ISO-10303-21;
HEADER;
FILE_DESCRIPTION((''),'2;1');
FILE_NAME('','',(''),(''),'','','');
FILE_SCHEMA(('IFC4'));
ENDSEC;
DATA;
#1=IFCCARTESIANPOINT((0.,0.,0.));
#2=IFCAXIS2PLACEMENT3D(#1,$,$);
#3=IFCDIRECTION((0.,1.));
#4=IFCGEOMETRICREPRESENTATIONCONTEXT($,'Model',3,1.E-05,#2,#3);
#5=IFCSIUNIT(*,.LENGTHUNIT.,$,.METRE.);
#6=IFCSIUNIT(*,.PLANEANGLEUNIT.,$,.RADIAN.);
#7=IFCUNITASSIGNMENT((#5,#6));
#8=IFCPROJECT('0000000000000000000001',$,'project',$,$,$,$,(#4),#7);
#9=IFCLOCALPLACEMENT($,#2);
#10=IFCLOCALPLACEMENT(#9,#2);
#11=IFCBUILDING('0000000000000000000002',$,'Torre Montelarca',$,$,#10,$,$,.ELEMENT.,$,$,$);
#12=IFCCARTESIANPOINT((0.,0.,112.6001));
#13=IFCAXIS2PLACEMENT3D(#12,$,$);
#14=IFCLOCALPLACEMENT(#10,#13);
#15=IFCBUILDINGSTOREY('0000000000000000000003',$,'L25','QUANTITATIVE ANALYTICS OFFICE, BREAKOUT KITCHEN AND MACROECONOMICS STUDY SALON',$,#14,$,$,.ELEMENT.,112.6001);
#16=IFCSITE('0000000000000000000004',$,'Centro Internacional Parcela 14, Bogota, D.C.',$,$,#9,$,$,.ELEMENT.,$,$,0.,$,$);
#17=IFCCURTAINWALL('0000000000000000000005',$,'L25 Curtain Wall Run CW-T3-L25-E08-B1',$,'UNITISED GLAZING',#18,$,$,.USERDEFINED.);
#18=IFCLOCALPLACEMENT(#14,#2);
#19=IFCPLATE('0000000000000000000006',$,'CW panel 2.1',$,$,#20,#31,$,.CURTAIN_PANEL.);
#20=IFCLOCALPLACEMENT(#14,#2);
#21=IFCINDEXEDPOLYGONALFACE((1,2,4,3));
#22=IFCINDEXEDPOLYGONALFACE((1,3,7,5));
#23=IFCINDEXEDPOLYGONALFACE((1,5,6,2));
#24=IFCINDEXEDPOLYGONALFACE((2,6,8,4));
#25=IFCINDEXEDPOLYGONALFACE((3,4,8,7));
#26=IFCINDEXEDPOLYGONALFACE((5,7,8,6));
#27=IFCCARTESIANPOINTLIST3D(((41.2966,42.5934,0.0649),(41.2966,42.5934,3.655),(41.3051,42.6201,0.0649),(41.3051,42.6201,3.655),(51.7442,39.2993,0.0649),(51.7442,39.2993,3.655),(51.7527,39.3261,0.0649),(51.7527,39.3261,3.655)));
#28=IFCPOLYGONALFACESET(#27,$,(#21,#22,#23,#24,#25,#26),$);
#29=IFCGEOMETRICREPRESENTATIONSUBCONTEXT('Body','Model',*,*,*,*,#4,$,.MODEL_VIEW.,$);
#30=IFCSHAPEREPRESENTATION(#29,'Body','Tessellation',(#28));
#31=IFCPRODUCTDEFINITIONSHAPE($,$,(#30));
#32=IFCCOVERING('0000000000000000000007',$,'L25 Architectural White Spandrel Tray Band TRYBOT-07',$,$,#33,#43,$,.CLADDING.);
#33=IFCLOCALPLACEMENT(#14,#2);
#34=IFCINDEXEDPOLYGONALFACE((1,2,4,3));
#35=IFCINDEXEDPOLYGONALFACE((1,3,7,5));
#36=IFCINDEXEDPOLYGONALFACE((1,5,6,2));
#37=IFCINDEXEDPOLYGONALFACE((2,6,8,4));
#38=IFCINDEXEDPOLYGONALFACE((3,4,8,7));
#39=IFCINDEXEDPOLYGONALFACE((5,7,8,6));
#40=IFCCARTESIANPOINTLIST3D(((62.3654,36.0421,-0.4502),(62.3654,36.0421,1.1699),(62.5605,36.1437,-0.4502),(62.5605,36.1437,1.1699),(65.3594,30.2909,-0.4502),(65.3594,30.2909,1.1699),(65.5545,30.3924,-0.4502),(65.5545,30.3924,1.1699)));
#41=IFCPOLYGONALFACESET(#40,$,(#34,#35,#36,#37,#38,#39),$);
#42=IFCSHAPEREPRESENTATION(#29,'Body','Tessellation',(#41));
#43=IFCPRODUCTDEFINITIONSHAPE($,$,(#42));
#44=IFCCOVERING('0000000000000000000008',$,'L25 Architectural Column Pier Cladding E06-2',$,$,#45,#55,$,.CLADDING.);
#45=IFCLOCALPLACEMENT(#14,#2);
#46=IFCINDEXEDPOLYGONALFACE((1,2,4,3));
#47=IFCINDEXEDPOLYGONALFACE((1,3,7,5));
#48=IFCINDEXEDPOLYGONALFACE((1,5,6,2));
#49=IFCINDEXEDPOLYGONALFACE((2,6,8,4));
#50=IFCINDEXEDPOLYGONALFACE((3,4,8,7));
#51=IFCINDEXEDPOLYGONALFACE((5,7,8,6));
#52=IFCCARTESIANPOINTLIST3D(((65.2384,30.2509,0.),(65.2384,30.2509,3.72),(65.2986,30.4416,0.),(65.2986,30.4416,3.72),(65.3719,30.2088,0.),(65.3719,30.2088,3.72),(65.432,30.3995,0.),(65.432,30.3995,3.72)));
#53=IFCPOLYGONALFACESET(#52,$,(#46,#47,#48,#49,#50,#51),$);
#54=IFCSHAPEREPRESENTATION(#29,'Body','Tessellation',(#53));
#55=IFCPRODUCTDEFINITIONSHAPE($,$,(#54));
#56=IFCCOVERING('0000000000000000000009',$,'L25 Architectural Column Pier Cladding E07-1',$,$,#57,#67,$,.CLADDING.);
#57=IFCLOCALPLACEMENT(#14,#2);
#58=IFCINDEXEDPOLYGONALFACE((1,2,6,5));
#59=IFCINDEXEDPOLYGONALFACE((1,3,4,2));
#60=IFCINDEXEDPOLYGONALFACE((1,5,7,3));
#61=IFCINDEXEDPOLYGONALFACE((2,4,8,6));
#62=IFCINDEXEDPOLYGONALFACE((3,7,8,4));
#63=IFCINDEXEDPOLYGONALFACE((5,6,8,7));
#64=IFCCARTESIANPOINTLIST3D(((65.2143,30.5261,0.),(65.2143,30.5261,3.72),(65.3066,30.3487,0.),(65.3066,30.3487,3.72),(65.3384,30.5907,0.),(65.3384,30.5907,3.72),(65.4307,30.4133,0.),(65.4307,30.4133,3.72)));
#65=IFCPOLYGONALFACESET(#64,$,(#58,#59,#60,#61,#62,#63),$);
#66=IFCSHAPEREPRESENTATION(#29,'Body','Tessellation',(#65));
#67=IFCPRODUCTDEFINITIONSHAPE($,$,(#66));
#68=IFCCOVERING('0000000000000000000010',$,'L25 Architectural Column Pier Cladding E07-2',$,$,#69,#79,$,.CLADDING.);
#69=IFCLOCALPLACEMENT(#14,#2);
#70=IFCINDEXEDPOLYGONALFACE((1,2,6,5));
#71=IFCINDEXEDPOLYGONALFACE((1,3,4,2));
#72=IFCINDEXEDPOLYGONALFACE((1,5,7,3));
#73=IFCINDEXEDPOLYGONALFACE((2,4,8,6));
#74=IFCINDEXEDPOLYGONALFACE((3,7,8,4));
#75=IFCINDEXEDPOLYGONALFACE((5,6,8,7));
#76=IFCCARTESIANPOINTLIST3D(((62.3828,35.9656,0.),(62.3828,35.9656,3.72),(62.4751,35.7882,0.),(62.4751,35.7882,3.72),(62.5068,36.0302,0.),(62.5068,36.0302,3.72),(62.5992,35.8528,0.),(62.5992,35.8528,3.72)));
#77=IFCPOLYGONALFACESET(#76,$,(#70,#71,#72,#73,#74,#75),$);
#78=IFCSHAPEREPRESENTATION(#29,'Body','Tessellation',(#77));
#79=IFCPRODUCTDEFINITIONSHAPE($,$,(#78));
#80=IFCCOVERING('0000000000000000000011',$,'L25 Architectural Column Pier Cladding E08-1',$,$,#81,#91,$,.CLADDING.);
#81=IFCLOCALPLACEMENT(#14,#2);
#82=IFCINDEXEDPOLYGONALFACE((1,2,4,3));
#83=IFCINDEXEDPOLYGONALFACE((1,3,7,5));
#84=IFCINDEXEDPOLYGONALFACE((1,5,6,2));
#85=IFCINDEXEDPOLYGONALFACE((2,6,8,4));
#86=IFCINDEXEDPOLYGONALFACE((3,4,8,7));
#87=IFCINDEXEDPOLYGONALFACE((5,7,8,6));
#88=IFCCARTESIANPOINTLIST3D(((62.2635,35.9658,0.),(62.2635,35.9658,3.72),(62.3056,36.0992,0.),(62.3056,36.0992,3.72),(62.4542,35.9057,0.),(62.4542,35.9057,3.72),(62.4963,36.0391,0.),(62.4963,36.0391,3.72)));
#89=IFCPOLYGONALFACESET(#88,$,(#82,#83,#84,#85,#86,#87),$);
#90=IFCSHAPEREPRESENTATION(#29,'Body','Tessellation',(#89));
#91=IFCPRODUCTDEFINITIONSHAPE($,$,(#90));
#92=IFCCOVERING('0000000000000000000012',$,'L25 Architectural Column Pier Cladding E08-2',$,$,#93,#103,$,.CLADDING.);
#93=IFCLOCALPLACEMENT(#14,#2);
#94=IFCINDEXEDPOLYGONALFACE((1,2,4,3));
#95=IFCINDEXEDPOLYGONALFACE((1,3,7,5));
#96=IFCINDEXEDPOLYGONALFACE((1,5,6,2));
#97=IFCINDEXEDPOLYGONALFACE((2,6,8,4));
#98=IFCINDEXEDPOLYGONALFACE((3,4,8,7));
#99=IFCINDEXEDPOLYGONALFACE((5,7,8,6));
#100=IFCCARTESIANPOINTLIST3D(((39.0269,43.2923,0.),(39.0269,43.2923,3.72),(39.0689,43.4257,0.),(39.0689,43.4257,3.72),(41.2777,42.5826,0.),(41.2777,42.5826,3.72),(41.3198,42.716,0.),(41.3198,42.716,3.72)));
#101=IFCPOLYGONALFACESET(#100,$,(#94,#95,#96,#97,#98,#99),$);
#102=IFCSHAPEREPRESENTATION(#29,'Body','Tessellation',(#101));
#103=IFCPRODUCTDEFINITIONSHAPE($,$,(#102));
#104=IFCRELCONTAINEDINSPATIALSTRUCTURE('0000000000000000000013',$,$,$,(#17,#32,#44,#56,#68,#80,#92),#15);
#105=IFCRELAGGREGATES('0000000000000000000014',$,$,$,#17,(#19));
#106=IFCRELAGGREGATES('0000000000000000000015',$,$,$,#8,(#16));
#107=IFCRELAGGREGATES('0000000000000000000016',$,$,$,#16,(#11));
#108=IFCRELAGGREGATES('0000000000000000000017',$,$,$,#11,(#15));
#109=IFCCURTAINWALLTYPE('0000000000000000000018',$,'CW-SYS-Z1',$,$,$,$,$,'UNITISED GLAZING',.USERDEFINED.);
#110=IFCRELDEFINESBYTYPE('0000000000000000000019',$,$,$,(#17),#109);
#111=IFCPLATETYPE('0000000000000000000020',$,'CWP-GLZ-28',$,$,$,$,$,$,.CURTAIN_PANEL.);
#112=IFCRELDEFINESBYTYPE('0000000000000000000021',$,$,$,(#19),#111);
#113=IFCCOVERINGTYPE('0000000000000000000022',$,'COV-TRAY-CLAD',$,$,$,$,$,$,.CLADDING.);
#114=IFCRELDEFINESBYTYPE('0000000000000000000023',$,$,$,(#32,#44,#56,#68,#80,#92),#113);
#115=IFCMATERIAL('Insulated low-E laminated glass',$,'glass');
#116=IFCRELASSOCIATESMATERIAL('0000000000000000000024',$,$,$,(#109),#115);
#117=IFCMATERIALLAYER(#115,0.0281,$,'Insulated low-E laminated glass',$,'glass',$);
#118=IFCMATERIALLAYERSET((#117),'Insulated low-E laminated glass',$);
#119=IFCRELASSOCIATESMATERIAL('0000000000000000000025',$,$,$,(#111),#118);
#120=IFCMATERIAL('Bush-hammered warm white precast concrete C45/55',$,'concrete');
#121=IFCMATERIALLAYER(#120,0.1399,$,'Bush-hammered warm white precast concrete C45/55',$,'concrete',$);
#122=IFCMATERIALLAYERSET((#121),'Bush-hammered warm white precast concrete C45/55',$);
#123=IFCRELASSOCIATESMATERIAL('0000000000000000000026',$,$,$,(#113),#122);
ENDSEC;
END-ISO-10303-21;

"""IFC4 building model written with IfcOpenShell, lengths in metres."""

from ifc_helpers import new_model, si_unit, direction, frame, origin, origin_2d, place, context, subcontext, project, spatial, rectangle, extrude, source, transform, mapped, material, layer, layer_set, type_object, element, aggregate, save


model = new_model("IFC4")

# Units and contexts
model_context = context("Model", 3, precision=1e-05, world=origin(), true_north=direction((0.0, 1.0)))
body_context = subcontext(model_context, "Body", "Model", "MODEL_VIEW")
ifc_project = project(units=[si_unit("LENGTHUNIT", "METRE"), si_unit("PLANEANGLEUNIT", "RADIAN")], contexts=[model_context])

# Site, building, storey
site_placement = place(None, origin())
site = spatial("IfcSite", under=ifc_project, at=site_placement, Name="Centro Internacional Parcela 14, Bogota, D.C.", CompositionType="ELEMENT", RefElevation=0.0)
building_placement = place(site_placement, origin())
building = spatial("IfcBuilding", under=site, at=building_placement, Name="Torre Montelarca", CompositionType="ELEMENT")
storey_placement = place(building_placement, frame((0.0, 0.0, 112.6001)))
storey = spatial("IfcBuildingStorey", under=building, at=storey_placement, Name="L25", Description="QUANTITATIVE ANALYTICS OFFICE, BREAKOUT KITCHEN AND MACROECONOMICS STUDY SALON", CompositionType="ELEMENT", Elevation=112.6001)

# Curtain wall
ifc_material_1 = material(Name="Insulated low-E laminated glass", Category="glass")
curtain_wall_type = type_object("IfcCurtainWallType", Name="CW-SYS-Z1", ElementType="UNITISED GLAZING", PredefinedType="USERDEFINED", material=ifc_material_1)
curtain_wall_1_placement = place(storey_placement, origin())
curtain_wall_1 = element("IfcCurtainWall", 1, at=curtain_wall_1_placement, inside=storey, type_object=curtain_wall_type, Name="L25 Curtain Wall Run CW-T3-L25-E08-B1", ObjectType="UNITISED GLAZING", PredefinedType="USERDEFINED")

# Plate
ifc_layer_1 = layer(ifc_material_1, 0.0281, Name="Insulated low-E laminated glass", Category="glass")
ifc_layer_set_1 = layer_set([ifc_layer_1], Name="Insulated low-E laminated glass")
plate_type = type_object("IfcPlateType", Name="CWP-GLZ-28", PredefinedType="CURTAIN_PANEL", material=ifc_layer_set_1)
shared_shape_1 = source(origin(), body_context, "Body", "SweptSolid", [
    extrude(rectangle(XDim=10.9546, YDim=0.0281, at=origin_2d()), origin(), (0.0, 0.0, 1.0), 3.5901),
])
plate_1_placement = place(storey_placement, frame((46.5247, 40.9597, 0.0649), z_axis=(0.0, 0.0, 1.0), x_axis=(-0.953718, 0.300703, 0.0)))
plate_1 = element("IfcPlate", 2, at=plate_1_placement, type_object=plate_type, Name="CW panel 2.1", PredefinedType="CURTAIN_PANEL", context=body_context, shape_type="MappedRepresentation", body=[
    mapped(shared_shape_1, transform((0.0, 0.0, 0.0), scale=1.0)),
])
aggregate(curtain_wall_1, [plate_1])

# Coverings
ifc_material_2 = material(Name="Bush-hammered warm white precast concrete C45/55", Category="concrete")
ifc_layer_2 = layer(ifc_material_2, 0.1399, Name="Bush-hammered warm white precast concrete C45/55", Category="concrete")
ifc_layer_set_2 = layer_set([ifc_layer_2], Name="Bush-hammered warm white precast concrete C45/55")
covering_type = type_object("IfcCoveringType", Name="COV-TRAY-CLAD", PredefinedType="CLADDING", material=ifc_layer_set_2)
shared_shape_2 = source(origin(), body_context, "Body", "SweptSolid", [
    extrude(rectangle(XDim=6.4839, YDim=0.22, at=origin_2d()), origin(), (0.0, 0.0, 1.0), 1.6201),
])
covering_1_placement = place(storey_placement, frame((63.96, 33.2173, -0.4502), z_axis=(0.0, 0.0, 1.0), x_axis=(-0.461755, 0.887008, 0.0)))
element("IfcCovering", 3, at=covering_1_placement, inside=storey, type_object=covering_type, Name="L25 Architectural White Spandrel Tray Band TRYBOT-07", PredefinedType="CLADDING", context=body_context, shape_type="MappedRepresentation", body=[
    mapped(shared_shape_2, transform((0.0, 0.0, 0.0), scale=1.0)),
])
shared_shape_3 = source(origin(), body_context, "Body", "SweptSolid", [
    extrude(rectangle(XDim=0.2, YDim=0.1399, at=origin_2d()), origin(), (0.0, 0.0, 1.0), 3.72),
])
for number, where, z_axis, x_axis, name in (
    (4, (65.3352, 30.3252, 0.0), (0.0, 0.0, 1.0), (0.300707, 0.953716, 0.0), "L25 Architectural Column Pier Cladding E06-2"),
    (5, (65.3225, 30.4697, 0.0), (0.0, 0.0, 1.0), (-0.461749, 0.887011, 0.0), "L25 Architectural Column Pier Cladding E07-1"),
    (6, (62.491, 35.9092, 0.0), (0.0, 0.0, 1.0), (-0.461749, 0.887011, 0.0), "L25 Architectural Column Pier Cladding E07-2"),
    (7, (62.3799, 36.0024, 0.0), (0.0, 0.0, 1.0), (-0.953717, 0.300704, 0.0), "L25 Architectural Column Pier Cladding E08-1"),
):
    element("IfcCovering", number, at=place(storey_placement, frame(where, z_axis=z_axis, x_axis=x_axis)), inside=storey, type_object=covering_type, Name=name, PredefinedType="CLADDING", context=body_context, shape_type="MappedRepresentation", body=[
        mapped(shared_shape_3, transform((0.0, 0.0, 0.0), scale=1.0)),
    ])
shared_shape_4 = source(origin(), body_context, "Body", "SweptSolid", [
    extrude(rectangle(XDim=2.3601, YDim=0.1399, at=origin_2d()), origin(), (0.0, 0.0, 1.0), 3.72),
])
covering_2_placement = place(storey_placement, frame((40.1733, 43.0042, 0.0), z_axis=(0.0, 0.0, 1.0), x_axis=(-0.953717, 0.300704, 0.0)))
element("IfcCovering", 8, at=covering_2_placement, inside=storey, type_object=covering_type, Name="L25 Architectural Column Pier Cladding E08-2", PredefinedType="CLADDING", context=body_context, shape_type="MappedRepresentation", body=[
    mapped(shared_shape_4, transform((0.0, 0.0, 0.0), scale=1.0)),
])

save(model, "model.ifc")
